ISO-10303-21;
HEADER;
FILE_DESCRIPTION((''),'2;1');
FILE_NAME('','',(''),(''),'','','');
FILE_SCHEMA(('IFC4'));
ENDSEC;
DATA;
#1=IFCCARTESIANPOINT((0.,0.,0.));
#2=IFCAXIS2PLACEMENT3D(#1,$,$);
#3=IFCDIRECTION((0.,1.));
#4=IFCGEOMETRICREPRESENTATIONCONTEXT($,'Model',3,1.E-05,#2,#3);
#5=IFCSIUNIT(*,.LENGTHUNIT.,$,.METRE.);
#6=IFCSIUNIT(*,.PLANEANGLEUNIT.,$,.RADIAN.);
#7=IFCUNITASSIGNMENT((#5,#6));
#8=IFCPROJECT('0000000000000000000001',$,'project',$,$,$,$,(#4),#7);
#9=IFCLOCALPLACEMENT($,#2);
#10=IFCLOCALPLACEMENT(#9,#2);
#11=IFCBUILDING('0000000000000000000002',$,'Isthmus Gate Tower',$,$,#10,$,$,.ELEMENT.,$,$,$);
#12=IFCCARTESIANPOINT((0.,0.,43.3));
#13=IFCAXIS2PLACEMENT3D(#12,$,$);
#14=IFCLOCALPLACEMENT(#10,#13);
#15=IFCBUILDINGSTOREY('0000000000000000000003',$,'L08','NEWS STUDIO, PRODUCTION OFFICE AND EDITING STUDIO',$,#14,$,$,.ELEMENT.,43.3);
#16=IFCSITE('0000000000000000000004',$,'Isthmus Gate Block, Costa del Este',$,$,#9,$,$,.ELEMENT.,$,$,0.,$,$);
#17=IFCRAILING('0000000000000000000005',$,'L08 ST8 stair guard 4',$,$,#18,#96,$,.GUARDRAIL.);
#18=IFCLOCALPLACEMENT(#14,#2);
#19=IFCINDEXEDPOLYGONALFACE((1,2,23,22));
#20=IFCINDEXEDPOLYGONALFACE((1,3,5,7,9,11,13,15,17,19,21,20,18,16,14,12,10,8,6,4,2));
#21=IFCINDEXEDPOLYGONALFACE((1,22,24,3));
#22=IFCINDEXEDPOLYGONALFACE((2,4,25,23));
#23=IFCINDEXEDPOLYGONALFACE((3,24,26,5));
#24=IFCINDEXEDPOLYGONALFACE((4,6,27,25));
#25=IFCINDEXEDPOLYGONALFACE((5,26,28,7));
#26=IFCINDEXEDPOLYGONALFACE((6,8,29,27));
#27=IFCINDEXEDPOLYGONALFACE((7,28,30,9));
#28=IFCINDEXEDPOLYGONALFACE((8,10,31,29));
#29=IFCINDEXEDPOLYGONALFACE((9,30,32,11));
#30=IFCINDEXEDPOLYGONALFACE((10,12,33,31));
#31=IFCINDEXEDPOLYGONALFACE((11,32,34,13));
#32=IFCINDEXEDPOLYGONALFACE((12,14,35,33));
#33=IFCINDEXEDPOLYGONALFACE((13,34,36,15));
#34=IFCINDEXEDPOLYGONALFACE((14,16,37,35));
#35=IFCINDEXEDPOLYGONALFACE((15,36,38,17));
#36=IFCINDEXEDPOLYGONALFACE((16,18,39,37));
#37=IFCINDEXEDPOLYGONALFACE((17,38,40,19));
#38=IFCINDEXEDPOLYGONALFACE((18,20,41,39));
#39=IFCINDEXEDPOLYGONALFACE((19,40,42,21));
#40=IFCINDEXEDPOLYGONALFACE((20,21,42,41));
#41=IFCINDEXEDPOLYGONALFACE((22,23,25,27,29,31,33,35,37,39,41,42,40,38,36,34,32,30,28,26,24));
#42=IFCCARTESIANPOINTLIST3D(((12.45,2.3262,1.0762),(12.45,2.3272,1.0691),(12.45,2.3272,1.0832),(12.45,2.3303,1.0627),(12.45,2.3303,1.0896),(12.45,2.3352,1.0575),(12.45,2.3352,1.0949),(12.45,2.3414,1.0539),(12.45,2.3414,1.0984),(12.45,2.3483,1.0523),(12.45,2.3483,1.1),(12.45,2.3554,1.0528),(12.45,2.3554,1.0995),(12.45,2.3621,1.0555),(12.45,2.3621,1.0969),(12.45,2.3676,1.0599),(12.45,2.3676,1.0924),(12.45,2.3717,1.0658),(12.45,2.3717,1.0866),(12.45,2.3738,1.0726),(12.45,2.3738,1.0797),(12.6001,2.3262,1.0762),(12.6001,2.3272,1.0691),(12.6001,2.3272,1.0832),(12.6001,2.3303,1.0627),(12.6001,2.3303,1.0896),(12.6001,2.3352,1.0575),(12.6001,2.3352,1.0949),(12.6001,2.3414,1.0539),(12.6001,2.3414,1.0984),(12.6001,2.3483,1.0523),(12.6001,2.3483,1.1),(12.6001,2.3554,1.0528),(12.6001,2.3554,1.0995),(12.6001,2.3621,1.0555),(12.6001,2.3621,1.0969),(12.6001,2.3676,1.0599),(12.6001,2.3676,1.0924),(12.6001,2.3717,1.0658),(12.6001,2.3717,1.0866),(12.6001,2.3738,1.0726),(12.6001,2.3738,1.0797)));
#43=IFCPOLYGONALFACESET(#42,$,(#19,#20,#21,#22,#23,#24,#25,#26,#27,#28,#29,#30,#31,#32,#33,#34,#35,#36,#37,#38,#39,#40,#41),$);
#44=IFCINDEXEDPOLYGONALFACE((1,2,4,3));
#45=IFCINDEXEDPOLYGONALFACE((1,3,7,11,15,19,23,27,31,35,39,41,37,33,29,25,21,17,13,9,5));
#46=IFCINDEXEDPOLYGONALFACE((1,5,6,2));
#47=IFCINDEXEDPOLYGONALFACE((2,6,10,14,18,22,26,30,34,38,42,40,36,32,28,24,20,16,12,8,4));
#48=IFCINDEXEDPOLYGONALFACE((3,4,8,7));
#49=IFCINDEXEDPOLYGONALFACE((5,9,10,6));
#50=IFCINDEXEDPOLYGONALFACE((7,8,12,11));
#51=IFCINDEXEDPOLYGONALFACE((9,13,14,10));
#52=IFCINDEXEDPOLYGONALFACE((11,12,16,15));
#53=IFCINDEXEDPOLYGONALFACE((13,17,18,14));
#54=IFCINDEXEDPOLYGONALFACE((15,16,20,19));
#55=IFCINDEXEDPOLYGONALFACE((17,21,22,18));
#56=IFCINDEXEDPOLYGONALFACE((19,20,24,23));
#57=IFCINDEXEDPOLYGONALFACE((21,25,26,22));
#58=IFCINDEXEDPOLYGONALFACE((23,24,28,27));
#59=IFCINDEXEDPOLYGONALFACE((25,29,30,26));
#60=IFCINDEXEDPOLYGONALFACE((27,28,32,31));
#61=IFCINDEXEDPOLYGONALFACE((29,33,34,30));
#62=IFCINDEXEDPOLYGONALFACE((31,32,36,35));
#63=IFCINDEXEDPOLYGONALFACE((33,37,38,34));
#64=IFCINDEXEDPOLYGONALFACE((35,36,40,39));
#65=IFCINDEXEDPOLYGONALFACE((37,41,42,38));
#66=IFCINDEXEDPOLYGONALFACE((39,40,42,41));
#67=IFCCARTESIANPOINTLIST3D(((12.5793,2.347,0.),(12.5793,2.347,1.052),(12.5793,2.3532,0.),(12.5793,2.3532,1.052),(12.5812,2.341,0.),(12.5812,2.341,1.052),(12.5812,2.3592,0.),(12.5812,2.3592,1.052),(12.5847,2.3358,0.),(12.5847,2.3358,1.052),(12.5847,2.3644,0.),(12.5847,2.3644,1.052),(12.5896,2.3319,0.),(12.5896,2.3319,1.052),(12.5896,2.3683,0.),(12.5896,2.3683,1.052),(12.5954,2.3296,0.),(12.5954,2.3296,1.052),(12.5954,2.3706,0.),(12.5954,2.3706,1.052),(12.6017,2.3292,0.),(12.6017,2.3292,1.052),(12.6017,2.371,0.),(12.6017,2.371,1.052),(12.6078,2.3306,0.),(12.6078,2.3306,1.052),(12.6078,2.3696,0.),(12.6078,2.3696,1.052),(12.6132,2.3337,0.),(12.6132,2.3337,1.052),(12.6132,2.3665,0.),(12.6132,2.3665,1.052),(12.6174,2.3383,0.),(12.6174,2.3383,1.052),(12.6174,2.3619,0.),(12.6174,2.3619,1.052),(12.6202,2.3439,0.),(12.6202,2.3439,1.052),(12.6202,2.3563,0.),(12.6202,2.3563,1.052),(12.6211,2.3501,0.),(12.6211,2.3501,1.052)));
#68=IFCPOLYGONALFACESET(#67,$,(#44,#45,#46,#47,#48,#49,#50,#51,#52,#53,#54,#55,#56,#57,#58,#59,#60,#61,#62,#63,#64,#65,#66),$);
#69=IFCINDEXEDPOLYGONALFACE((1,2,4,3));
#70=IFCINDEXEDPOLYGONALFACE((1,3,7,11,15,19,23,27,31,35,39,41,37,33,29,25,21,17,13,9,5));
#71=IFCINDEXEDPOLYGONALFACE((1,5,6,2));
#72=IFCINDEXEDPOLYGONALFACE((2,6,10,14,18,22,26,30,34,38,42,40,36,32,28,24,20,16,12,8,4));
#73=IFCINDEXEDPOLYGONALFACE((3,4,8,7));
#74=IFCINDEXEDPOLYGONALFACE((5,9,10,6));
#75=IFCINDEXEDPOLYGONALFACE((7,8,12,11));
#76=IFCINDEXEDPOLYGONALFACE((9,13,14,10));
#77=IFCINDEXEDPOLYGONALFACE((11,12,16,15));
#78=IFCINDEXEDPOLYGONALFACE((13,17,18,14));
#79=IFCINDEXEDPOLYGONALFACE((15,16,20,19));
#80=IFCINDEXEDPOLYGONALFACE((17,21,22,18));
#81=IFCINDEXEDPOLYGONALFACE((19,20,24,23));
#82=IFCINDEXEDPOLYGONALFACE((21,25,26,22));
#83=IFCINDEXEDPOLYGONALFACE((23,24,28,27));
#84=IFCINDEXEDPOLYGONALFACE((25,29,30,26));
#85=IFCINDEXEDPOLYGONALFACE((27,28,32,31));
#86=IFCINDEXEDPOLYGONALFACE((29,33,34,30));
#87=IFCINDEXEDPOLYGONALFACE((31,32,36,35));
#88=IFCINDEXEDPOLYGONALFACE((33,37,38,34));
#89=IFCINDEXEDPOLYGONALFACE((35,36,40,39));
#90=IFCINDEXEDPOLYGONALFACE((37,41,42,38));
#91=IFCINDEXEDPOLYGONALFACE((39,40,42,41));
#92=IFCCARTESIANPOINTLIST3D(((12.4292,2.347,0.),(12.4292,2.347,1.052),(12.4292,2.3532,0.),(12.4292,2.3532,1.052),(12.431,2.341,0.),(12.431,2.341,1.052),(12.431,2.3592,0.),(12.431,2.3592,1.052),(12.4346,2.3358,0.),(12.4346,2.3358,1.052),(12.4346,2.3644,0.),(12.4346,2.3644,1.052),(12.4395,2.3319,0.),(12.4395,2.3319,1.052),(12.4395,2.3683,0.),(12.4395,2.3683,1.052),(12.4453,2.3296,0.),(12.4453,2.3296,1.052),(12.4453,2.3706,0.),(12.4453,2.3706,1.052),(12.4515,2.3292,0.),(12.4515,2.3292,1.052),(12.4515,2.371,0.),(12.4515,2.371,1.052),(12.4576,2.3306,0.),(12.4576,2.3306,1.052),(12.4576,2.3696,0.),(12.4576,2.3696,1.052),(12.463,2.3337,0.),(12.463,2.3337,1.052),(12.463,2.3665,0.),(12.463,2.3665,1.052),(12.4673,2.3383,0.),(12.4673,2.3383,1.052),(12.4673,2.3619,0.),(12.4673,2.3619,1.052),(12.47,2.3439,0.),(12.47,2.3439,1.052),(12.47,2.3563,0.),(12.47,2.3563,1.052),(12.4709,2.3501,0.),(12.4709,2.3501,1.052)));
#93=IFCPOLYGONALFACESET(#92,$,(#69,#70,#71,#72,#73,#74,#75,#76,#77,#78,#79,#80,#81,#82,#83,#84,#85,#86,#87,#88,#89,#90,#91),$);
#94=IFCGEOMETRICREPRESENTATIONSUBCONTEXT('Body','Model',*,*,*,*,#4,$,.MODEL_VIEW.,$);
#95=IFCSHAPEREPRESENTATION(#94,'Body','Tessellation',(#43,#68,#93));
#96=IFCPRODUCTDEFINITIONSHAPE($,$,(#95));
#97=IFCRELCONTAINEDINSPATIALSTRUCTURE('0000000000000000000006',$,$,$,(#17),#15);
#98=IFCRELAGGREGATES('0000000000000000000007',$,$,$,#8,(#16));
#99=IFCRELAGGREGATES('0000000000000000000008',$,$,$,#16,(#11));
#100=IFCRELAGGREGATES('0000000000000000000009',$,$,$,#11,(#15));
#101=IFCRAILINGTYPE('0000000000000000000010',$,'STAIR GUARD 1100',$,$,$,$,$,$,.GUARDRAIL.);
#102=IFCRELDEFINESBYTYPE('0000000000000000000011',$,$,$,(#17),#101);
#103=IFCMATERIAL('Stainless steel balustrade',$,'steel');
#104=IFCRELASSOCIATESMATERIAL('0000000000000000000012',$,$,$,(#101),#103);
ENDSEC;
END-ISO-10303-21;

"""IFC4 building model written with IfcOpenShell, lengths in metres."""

from ifc_helpers import new_model, si_unit, direction, frame, origin, origin_2d, place, context, subcontext, project, spatial, circle, extrude, material, type_object, element, save


model = new_model("IFC4")

# Units and contexts
model_context = context("Model", 3, precision=1e-05, world=origin(), true_north=direction((0.0, 1.0)))
body_context = subcontext(model_context, "Body", "Model", "MODEL_VIEW")
ifc_project = project(units=[si_unit("LENGTHUNIT", "METRE"), si_unit("PLANEANGLEUNIT", "RADIAN")], contexts=[model_context])

# Site, building, storey
site_placement = place(None, origin())
site = spatial("IfcSite", under=ifc_project, at=site_placement, Name="Isthmus Gate Block, Costa del Este", CompositionType="ELEMENT", RefElevation=0.0)
building_placement = place(site_placement, origin())
building = spatial("IfcBuilding", under=site, at=building_placement, Name="Isthmus Gate Tower", CompositionType="ELEMENT")
storey_placement = place(building_placement, frame((0.0, 0.0, 43.3)))
storey = spatial("IfcBuildingStorey", under=building, at=storey_placement, Name="L08", Description="NEWS STUDIO, PRODUCTION OFFICE AND EDITING STUDIO", CompositionType="ELEMENT", Elevation=43.3)

# Railing
ifc_material_1 = material(Name="Stainless steel balustrade", Category="steel")
railing_type_1 = type_object("IfcRailingType", Name="STAIR GUARD 1100", PredefinedType="GUARDRAIL", material=ifc_material_1)
railing_1_placement = place(storey_placement, frame((12.6001, 2.3501, 0.0)))
element("IfcRailing", 1, at=railing_1_placement, inside=storey, type_object=railing_type_1, Name="L08 ST8 stair guard 4", PredefinedType="GUARDRAIL", context=body_context, shape_type="SweptSolid", body=[
    extrude(circle(Radius=0.0239, at=origin_2d()), frame((0.0, 0.0, 1.0762), z_axis=(-1.0, 0.0, 0.0), x_axis=(0.0, -1.0, 0.0)), (0.0, 0.0, 1.0), 0.1501),
    extrude(circle(Radius=0.021, at=origin_2d()), origin(), (0.0, 0.0, 1.0), 1.052),
    extrude(circle(Radius=0.021, at=origin_2d()), frame((-0.1501, 0.0, 0.0)), (0.0, 0.0, 1.0), 1.052),
])

save(model, "model.ifc")
